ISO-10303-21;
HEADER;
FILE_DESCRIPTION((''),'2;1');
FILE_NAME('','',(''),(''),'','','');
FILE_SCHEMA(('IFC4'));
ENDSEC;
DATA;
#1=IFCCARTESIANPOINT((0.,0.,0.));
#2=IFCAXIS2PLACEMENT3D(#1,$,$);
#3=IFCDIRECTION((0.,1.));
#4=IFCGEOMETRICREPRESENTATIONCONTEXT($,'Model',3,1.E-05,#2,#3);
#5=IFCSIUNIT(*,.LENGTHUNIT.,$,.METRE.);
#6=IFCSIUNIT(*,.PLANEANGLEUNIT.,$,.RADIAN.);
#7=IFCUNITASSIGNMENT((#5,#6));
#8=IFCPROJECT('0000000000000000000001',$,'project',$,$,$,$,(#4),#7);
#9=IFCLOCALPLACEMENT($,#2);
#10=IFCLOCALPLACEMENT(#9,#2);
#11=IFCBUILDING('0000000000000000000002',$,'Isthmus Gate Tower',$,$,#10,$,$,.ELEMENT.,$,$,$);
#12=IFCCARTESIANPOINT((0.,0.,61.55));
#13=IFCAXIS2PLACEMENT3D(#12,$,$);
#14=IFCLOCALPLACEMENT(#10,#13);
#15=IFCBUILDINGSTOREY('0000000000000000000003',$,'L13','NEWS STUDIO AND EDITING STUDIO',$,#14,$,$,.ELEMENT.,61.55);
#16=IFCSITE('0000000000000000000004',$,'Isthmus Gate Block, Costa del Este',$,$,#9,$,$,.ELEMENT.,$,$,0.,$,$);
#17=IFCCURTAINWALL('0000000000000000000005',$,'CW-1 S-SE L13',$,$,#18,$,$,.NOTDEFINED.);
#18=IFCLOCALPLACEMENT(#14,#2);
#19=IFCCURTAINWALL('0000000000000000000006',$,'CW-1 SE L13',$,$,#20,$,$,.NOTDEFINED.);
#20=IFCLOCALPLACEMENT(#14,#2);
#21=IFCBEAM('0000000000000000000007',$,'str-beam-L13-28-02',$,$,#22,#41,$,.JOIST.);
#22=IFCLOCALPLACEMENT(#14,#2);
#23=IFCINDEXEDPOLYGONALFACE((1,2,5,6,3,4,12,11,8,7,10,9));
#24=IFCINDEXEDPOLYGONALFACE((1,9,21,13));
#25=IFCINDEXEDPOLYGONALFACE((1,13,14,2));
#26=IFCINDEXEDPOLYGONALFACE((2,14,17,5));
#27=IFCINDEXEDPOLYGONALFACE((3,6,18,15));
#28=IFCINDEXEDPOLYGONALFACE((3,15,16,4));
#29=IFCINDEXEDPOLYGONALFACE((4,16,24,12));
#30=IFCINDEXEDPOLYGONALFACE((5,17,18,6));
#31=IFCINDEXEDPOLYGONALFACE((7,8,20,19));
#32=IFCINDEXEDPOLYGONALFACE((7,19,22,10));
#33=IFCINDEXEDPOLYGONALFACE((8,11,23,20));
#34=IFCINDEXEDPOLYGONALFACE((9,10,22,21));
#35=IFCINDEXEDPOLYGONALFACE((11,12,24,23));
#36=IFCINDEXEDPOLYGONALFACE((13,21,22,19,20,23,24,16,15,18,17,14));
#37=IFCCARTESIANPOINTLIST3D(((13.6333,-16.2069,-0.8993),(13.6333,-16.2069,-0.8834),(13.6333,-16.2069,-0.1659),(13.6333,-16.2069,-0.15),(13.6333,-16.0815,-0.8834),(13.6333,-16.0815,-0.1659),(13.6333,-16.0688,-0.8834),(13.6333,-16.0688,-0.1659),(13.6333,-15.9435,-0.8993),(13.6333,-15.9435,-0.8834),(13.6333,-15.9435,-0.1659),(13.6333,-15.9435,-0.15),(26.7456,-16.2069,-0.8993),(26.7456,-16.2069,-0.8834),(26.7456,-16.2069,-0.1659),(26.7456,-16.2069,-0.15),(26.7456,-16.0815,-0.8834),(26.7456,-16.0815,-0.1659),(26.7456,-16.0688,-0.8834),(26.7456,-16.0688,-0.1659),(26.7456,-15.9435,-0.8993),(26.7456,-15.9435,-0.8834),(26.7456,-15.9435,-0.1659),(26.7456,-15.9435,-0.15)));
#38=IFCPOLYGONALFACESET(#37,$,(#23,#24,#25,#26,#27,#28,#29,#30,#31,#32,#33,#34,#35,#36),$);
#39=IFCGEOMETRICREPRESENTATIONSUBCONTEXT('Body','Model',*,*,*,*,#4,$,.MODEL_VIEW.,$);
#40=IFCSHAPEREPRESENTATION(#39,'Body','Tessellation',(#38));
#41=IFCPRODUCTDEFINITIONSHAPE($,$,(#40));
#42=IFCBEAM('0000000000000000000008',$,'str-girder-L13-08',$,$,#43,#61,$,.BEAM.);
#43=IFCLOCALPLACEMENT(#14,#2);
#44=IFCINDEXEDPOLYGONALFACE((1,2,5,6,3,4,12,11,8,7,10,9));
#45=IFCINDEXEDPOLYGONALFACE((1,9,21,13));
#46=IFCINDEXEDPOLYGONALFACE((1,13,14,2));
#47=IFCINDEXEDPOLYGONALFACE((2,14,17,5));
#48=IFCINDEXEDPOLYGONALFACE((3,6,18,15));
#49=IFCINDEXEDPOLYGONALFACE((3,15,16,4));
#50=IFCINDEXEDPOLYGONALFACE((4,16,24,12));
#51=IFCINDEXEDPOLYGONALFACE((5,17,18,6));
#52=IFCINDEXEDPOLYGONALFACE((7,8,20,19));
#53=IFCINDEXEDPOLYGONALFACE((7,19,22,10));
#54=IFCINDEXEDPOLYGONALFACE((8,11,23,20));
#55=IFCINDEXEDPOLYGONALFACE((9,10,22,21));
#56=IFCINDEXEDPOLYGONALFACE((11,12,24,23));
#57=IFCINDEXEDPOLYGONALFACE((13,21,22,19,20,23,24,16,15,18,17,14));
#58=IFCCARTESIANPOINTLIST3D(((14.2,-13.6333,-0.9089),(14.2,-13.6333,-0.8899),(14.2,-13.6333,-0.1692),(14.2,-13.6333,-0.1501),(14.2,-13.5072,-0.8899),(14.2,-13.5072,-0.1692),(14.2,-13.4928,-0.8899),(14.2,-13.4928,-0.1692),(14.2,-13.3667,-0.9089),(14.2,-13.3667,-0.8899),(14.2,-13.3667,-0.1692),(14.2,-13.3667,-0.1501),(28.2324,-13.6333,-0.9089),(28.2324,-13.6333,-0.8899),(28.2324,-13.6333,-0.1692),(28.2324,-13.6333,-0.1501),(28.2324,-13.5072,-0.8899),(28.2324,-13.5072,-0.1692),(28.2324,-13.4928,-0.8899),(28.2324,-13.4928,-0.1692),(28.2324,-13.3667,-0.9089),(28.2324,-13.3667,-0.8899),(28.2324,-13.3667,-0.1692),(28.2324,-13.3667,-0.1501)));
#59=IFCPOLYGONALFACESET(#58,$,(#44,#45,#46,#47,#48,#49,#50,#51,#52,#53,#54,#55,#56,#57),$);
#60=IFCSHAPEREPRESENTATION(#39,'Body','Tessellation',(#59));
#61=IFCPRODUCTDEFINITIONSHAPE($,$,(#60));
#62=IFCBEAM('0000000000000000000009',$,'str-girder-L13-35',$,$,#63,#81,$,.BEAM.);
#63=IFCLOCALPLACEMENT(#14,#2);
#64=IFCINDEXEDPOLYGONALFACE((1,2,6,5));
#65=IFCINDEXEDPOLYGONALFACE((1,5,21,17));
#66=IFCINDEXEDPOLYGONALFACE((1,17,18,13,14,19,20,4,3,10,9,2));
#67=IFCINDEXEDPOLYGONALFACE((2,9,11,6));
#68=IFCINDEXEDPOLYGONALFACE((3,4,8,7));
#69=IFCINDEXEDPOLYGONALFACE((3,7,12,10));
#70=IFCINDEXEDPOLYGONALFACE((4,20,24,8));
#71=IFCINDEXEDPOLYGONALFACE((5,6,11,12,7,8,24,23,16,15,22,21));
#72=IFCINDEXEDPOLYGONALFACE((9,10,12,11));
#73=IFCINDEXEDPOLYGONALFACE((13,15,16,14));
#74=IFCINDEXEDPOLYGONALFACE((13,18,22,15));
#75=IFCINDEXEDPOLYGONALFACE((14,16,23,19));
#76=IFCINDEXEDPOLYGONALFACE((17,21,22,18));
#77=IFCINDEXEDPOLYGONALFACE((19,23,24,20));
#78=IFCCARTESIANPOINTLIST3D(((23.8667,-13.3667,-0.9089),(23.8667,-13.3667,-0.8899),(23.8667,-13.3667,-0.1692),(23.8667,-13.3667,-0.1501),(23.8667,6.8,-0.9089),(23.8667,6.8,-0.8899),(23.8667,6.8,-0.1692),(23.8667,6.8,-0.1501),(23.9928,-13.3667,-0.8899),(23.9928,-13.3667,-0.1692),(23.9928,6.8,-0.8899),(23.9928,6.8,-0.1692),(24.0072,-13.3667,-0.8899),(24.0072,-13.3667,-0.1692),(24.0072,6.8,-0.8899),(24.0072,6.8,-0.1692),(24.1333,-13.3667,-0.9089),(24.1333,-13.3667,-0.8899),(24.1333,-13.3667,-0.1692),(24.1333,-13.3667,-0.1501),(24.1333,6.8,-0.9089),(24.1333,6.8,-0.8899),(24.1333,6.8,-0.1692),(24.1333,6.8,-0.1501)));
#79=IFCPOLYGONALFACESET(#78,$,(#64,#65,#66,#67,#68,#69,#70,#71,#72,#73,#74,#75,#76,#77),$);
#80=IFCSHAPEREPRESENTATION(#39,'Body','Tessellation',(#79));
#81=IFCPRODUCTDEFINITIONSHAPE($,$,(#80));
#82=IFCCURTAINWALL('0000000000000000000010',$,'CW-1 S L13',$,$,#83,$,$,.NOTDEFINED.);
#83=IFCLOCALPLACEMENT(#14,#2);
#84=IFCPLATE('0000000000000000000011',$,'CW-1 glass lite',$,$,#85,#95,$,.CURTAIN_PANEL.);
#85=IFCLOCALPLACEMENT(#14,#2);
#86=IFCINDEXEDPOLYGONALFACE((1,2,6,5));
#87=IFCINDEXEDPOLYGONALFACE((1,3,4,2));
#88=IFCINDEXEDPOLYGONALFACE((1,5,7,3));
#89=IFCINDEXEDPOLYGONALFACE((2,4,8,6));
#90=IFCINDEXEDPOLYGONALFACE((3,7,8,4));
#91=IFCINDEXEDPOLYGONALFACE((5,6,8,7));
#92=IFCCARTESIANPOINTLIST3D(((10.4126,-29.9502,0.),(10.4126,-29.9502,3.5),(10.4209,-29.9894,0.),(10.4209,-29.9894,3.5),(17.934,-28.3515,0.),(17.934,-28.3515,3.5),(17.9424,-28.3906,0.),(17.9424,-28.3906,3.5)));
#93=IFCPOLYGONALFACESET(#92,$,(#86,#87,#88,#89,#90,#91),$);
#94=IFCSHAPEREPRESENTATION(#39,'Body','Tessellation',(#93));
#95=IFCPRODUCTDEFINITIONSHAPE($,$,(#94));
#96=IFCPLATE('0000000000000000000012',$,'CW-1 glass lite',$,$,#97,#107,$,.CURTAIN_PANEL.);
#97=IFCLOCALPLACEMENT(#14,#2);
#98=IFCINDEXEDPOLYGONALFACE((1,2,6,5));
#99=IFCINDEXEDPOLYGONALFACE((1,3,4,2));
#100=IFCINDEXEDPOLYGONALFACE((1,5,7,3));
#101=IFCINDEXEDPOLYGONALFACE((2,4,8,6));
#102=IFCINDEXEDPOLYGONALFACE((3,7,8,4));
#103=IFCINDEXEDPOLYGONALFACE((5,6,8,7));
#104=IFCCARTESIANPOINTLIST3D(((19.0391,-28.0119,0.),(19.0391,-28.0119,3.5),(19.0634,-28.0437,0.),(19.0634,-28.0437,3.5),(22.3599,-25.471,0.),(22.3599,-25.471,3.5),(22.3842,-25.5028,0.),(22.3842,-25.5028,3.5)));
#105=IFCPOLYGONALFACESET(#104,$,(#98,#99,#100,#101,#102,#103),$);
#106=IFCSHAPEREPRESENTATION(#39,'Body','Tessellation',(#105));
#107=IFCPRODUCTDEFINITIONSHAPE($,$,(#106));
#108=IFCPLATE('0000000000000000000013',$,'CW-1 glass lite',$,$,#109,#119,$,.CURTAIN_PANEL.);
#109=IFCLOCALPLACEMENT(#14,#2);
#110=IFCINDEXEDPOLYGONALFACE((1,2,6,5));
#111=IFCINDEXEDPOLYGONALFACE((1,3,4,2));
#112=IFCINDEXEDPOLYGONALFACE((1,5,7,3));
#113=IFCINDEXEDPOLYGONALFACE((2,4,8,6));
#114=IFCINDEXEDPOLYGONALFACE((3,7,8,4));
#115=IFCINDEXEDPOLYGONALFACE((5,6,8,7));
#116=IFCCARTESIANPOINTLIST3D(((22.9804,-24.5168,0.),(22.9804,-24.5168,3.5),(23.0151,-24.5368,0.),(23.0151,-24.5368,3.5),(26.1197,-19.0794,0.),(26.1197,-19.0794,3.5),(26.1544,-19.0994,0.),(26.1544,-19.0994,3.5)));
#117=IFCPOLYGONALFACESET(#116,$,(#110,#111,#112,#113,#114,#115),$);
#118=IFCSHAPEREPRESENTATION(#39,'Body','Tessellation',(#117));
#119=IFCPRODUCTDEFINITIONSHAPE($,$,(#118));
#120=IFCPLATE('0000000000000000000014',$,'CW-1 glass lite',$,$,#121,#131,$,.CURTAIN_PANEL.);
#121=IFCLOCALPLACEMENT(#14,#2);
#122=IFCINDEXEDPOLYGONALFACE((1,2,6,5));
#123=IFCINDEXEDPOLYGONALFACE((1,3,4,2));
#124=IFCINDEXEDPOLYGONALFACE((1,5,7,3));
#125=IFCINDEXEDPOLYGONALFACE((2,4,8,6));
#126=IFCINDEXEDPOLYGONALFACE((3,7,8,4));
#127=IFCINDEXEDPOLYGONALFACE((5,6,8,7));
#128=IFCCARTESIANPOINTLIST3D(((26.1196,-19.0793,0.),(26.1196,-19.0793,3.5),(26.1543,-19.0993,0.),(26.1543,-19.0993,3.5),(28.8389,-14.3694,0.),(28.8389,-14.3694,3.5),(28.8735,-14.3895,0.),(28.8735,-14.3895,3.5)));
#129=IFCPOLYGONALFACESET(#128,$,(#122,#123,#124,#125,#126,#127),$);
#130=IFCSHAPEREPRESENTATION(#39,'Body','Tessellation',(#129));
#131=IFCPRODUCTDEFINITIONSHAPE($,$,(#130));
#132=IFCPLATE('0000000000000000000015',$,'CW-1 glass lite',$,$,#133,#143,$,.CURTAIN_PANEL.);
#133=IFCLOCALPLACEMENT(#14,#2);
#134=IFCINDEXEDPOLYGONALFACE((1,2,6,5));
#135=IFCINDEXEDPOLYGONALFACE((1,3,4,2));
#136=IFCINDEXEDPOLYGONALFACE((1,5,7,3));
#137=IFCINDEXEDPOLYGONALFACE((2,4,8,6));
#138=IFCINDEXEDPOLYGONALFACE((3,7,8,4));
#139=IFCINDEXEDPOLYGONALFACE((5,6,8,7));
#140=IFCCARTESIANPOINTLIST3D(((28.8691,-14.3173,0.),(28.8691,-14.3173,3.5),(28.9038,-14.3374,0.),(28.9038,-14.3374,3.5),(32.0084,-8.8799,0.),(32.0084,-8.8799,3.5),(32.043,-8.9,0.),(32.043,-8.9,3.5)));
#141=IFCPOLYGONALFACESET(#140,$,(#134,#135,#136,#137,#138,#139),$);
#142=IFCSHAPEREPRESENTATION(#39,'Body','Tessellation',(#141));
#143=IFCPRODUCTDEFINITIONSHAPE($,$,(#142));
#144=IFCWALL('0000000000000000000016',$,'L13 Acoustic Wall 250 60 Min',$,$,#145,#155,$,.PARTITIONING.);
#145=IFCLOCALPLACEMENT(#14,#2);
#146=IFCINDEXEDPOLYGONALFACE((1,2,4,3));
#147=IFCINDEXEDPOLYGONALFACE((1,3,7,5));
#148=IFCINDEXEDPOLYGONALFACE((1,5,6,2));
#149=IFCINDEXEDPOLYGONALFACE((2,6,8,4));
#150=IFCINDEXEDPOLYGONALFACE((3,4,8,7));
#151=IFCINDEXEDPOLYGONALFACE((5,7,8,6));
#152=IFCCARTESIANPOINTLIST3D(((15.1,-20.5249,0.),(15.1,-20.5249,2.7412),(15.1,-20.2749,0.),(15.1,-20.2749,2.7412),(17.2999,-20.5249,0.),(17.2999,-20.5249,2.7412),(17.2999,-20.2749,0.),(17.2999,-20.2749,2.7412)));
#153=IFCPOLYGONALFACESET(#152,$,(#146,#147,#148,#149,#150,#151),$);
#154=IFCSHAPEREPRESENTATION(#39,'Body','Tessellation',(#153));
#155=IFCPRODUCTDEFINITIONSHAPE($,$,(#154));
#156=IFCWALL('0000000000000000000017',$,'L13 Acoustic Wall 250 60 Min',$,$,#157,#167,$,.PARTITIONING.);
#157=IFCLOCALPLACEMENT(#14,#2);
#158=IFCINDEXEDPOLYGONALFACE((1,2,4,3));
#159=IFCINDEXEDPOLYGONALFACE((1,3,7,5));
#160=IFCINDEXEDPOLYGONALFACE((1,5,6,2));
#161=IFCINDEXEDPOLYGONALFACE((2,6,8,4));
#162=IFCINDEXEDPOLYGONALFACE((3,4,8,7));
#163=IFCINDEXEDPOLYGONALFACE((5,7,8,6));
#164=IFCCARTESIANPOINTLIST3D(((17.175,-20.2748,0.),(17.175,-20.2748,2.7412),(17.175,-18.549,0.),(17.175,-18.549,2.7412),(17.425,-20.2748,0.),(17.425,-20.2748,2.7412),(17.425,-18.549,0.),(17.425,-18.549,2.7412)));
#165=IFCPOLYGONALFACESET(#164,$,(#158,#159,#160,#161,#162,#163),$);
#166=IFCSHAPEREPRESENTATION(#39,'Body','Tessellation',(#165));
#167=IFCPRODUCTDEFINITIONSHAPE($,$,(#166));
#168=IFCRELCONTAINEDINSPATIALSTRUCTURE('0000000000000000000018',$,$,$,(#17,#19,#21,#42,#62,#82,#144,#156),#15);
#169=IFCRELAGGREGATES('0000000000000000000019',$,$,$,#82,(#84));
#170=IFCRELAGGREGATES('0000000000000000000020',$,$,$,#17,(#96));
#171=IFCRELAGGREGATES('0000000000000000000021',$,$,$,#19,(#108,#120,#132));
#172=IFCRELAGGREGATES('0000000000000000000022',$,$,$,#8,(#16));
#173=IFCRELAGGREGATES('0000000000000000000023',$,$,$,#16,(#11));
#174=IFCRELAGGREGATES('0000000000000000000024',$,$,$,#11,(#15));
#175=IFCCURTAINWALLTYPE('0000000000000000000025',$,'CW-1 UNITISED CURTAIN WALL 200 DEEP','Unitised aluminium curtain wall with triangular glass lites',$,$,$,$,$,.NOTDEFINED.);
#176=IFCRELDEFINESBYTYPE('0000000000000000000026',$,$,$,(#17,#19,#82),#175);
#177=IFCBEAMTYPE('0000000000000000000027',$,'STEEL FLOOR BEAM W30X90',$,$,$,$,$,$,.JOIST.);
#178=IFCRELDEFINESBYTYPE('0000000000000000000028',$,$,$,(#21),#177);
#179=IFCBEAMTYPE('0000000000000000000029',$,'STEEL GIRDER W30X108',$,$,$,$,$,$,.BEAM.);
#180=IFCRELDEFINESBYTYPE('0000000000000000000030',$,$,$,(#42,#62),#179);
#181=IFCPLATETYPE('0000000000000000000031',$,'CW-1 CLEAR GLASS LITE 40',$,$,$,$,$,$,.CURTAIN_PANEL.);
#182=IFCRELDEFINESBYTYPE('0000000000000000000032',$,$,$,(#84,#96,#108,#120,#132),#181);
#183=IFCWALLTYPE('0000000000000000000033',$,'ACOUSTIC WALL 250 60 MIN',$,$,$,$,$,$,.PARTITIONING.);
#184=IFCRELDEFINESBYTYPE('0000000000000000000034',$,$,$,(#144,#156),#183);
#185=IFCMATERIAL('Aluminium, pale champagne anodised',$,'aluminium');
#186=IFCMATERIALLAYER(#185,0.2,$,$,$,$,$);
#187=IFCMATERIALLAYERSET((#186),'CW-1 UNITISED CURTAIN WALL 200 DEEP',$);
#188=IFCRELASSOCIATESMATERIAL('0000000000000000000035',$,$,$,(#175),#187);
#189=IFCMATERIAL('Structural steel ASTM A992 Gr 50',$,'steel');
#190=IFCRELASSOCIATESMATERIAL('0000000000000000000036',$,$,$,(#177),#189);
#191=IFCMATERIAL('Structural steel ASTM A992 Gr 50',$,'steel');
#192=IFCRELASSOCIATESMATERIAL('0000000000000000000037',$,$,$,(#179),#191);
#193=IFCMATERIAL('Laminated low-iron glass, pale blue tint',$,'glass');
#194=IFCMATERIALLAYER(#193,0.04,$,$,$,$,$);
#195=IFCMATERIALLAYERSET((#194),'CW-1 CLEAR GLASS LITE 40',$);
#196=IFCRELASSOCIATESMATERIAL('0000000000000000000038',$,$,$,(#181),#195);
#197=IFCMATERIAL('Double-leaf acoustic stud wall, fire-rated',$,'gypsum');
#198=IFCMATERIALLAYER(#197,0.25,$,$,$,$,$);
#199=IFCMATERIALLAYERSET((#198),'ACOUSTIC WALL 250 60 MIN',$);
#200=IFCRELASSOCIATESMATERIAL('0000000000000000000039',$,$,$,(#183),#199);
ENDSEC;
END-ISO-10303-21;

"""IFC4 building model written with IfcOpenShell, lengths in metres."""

from ifc_helpers import new_model, si_unit, direction, frame, frame_2d, origin, origin_2d, place, context, subcontext, project, spatial, rectangle, i_section, extrude, material, layer, layer_set, material_profile, profile_set, type_object, element, aggregate, save


model = new_model("IFC4")

# Units and contexts
model_context = context("Model", 3, precision=1e-05, world=origin(), true_north=direction((0.0, 1.0)))
body_context = subcontext(model_context, "Body", "Model", "MODEL_VIEW")
ifc_project = project(units=[si_unit("LENGTHUNIT", "METRE"), si_unit("PLANEANGLEUNIT", "RADIAN")], contexts=[model_context])

# Site, building, storey
site_placement = place(None, origin())
site = spatial("IfcSite", under=ifc_project, at=site_placement, Name="Isthmus Gate Block, Costa del Este", CompositionType="ELEMENT", RefElevation=0.0)
building_placement = place(site_placement, origin())
building = spatial("IfcBuilding", under=site, at=building_placement, Name="Isthmus Gate Tower", CompositionType="ELEMENT")
storey_placement = place(building_placement, frame((0.0, 0.0, 61.55)))
storey = spatial("IfcBuildingStorey", under=building, at=storey_placement, Name="L13", Description="NEWS STUDIO AND EDITING STUDIO", CompositionType="ELEMENT", Elevation=61.55)

# Curtain wall
ifc_material_1 = material(Name="Aluminium, pale champagne anodised", Category="aluminium")
ifc_layer_1 = layer(ifc_material_1, 0.2)
ifc_layer_set_1 = layer_set([ifc_layer_1], Name="CW-1 UNITISED CURTAIN WALL 200 DEEP")
curtain_wall_type = type_object("IfcCurtainWallType", Name="CW-1 UNITISED CURTAIN WALL 200 DEEP", Description="Unitised aluminium curtain wall with triangular glass lites", PredefinedType="NOTDEFINED", material=ifc_layer_set_1)
curtain_wall_1_placement = place(storey_placement, origin())
curtain_wall_1 = element("IfcCurtainWall", 1, at=curtain_wall_1_placement, inside=storey, type_object=curtain_wall_type, Name="CW-1 S-SE L13", PredefinedType="NOTDEFINED")

# Curtain wall
curtain_wall_2_placement = place(storey_placement, origin())
curtain_wall_2 = element("IfcCurtainWall", 2, at=curtain_wall_2_placement, inside=storey, type_object=curtain_wall_type, Name="CW-1 SE L13", PredefinedType="NOTDEFINED")

# Beams
ifc_material_2 = material(Name="Structural steel ASTM A992 Gr 50", Category="steel")
ifc_material_profile_1 = material_profile(ifc_material_2, i_section(OverallWidth=0.2634, OverallDepth=0.7493, WebThickness=0.0127, FlangeThickness=0.0159, at=origin_2d()), Name="W30X90")
ifc_profile_set_1 = profile_set([ifc_material_profile_1], Name="Structural steel ASTM A992 Gr 50")
beam_type_1 = type_object("IfcBeamType", Name="STEEL FLOOR BEAM W30X90", PredefinedType="JOIST", material=ifc_profile_set_1)
beam_1_placement = place(storey_placement, frame((13.6333, -16.0752, -0.5247), z_axis=(1.0, 0.0, 0.0), x_axis=(0.0, 1.0, 0.0)))
element("IfcBeam", 3, at=beam_1_placement, inside=storey, type_object=beam_type_1, Name="str-beam-L13-28-02", PredefinedType="JOIST", context=body_context, shape_type="SweptSolid", body=[
    extrude(i_section(OverallWidth=0.2634, OverallDepth=0.7493, WebThickness=0.0127, FlangeThickness=0.0159, at=origin_2d()), origin(), (0.0, 0.0, 1.0), 13.1123),
])
ifc_material_3 = material(Name="Structural steel ASTM A992 Gr 50", Category="steel")
ifc_material_profile_2 = material_profile(ifc_material_3, i_section(OverallWidth=0.2666, OverallDepth=0.7588, WebThickness=0.0144, FlangeThickness=0.019, at=origin_2d()), Name="W30X108")
ifc_profile_set_2 = profile_set([ifc_material_profile_2], Name="Structural steel ASTM A992 Gr 50")
beam_type_2 = type_object("IfcBeamType", Name="STEEL GIRDER W30X108", PredefinedType="BEAM", material=ifc_profile_set_2)
beam_2_placement = place(storey_placement, frame((14.2, -13.5, -0.5295), z_axis=(1.0, 0.0, 0.0), x_axis=(0.0, 1.0, 0.0)))
element("IfcBeam", 4, at=beam_2_placement, inside=storey, type_object=beam_type_2, Name="str-girder-L13-08", PredefinedType="BEAM", context=body_context, shape_type="SweptSolid", body=[
    extrude(i_section(OverallWidth=0.2666, OverallDepth=0.7588, WebThickness=0.0144, FlangeThickness=0.019, at=origin_2d()), origin(), (0.0, 0.0, 1.0), 14.0325),
])
beam_3_placement = place(storey_placement, frame((24.0, -13.3667, -0.5295), z_axis=(0.0, 1.0, 0.0), x_axis=(-1.0, 0.0, 0.0)))
element("IfcBeam", 5, at=beam_3_placement, inside=storey, type_object=beam_type_2, Name="str-girder-L13-35", PredefinedType="BEAM", context=body_context, shape_type="SweptSolid", body=[
    extrude(i_section(OverallWidth=0.2666, OverallDepth=0.7588, WebThickness=0.0144, FlangeThickness=0.019, at=origin_2d()), origin(), (0.0, 0.0, 1.0), 20.1667),
])

# Curtain wall, plate
curtain_wall_3_placement = place(storey_placement, origin())
curtain_wall_3 = element("IfcCurtainWall", 6, at=curtain_wall_3_placement, inside=storey, type_object=curtain_wall_type, Name="CW-1 S L13", PredefinedType="NOTDEFINED")
ifc_material_4 = material(Name="Laminated low-iron glass, pale blue tint", Category="glass")
ifc_layer_2 = layer(ifc_material_4, 0.04)
ifc_layer_set_2 = layer_set([ifc_layer_2], Name="CW-1 CLEAR GLASS LITE 40")
plate_type = type_object("IfcPlateType", Name="CW-1 CLEAR GLASS LITE 40", PredefinedType="CURTAIN_PANEL", material=ifc_layer_set_2)
plate_1_placement = place(storey_placement, frame((14.1775, -29.1704, 0.0), z_axis=(0.0, 0.0, 1.0), x_axis=(0.978148, 0.207912, 0.0)))
plate_1 = element("IfcPlate", 7, at=plate_1_placement, type_object=plate_type, Name="CW-1 glass lite", PredefinedType="CURTAIN_PANEL", context=body_context, shape_type="SweptSolid", body=[
    extrude(rectangle(XDim=7.6895, YDim=0.04, at=origin_2d()), origin(), (0.0, 0.0, 1.0), 3.5),
])
aggregate(curtain_wall_3, [plate_1])

# Plates
plate_2_placement = place(storey_placement, frame((20.7117, -26.7573, 0.0), z_axis=(0.0, 0.0, 1.0), x_axis=(0.794189, 0.607671, 0.0)))
plate_2 = element("IfcPlate", 8, at=plate_2_placement, type_object=plate_type, Name="CW-1 glass lite", PredefinedType="CURTAIN_PANEL", context=body_context, shape_type="SweptSolid", body=[
    extrude(rectangle(XDim=4.1814, YDim=0.04, at=origin_2d()), origin(), (0.0, 0.0, 1.0), 3.5),
])
aggregate(curtain_wall_1, [plate_2])
plate_3_placement = place(storey_placement, frame((24.5674, -21.8081, 0.0), z_axis=(0.0, 0.0, 1.0), x_axis=(0.5, 0.866025, 0.0)))
plate_3 = element("IfcPlate", 9, at=plate_3_placement, type_object=plate_type, Name="CW-1 glass lite", PredefinedType="CURTAIN_PANEL", context=body_context, shape_type="SweptSolid", body=[
    extrude(rectangle(XDim=6.2786, YDim=0.04, at=origin_2d()), origin(), (0.0, 0.0, 1.0), 3.5),
])
plate_4_placement = place(storey_placement, frame((27.4966, -16.7344, 0.0), z_axis=(0.0, 0.0, 1.0), x_axis=(0.5, 0.866025, 0.0)))
plate_4 = element("IfcPlate", 10, at=plate_4_placement, type_object=plate_type, Name="CW-1 glass lite", PredefinedType="CURTAIN_PANEL", context=body_context, shape_type="SweptSolid", body=[
    extrude(rectangle(XDim=5.4385, YDim=0.04, at=origin_2d()), origin(), (0.0, 0.0, 1.0), 3.5),
])
plate_5_placement = place(storey_placement, frame((30.4561, -11.6086, 0.0), z_axis=(0.0, 0.0, 1.0), x_axis=(0.5, 0.866025, 0.0)))
plate_5 = element("IfcPlate", 11, at=plate_5_placement, type_object=plate_type, Name="CW-1 glass lite", PredefinedType="CURTAIN_PANEL", context=body_context, shape_type="SweptSolid", body=[
    extrude(rectangle(XDim=6.2786, YDim=0.04, at=origin_2d()), origin(), (0.0, 0.0, 1.0), 3.5),
])
aggregate(curtain_wall_2, [plate_3, plate_4, plate_5])

# Walls
ifc_material_5 = material(Name="Double-leaf acoustic stud wall, fire-rated", Category="gypsum")
ifc_layer_3 = layer(ifc_material_5, 0.25)
ifc_layer_set_3 = layer_set([ifc_layer_3], Name="ACOUSTIC WALL 250 60 MIN")
wall_type_1 = type_object("IfcWallType", Name="ACOUSTIC WALL 250 60 MIN", PredefinedType="PARTITIONING", material=ifc_layer_set_3)
wall_1_placement = place(storey_placement, frame((17.3, -20.3999, 0.0), z_axis=(0.0, 0.0, 1.0), x_axis=(-1.0, 0.0, 0.0)))
element("IfcWall", 12, at=wall_1_placement, inside=storey, type_object=wall_type_1, Name="L13 Acoustic Wall 250 60 Min", PredefinedType="PARTITIONING", context=body_context, shape_type="SweptSolid", body=[
    extrude(rectangle(XDim=2.2, YDim=0.25, at=frame_2d((1.1001, 0.0))), origin(), (0.0, 0.0, 1.0), 2.7412),
])
wall_2_placement = place(storey_placement, frame((17.3, -18.5491, 0.0), z_axis=(0.0, 0.0, 1.0), x_axis=(0.0, -1.0, 0.0)))
element("IfcWall", 13, at=wall_2_placement, inside=storey, type_object=wall_type_1, Name="L13 Acoustic Wall 250 60 Min", PredefinedType="PARTITIONING", context=body_context, shape_type="SweptSolid", body=[
    extrude(rectangle(XDim=1.7258, YDim=0.25, at=frame_2d((0.8628, 0.0))), origin(), (0.0, 0.0, 1.0), 2.7412),
])

save(model, "model.ifc")
